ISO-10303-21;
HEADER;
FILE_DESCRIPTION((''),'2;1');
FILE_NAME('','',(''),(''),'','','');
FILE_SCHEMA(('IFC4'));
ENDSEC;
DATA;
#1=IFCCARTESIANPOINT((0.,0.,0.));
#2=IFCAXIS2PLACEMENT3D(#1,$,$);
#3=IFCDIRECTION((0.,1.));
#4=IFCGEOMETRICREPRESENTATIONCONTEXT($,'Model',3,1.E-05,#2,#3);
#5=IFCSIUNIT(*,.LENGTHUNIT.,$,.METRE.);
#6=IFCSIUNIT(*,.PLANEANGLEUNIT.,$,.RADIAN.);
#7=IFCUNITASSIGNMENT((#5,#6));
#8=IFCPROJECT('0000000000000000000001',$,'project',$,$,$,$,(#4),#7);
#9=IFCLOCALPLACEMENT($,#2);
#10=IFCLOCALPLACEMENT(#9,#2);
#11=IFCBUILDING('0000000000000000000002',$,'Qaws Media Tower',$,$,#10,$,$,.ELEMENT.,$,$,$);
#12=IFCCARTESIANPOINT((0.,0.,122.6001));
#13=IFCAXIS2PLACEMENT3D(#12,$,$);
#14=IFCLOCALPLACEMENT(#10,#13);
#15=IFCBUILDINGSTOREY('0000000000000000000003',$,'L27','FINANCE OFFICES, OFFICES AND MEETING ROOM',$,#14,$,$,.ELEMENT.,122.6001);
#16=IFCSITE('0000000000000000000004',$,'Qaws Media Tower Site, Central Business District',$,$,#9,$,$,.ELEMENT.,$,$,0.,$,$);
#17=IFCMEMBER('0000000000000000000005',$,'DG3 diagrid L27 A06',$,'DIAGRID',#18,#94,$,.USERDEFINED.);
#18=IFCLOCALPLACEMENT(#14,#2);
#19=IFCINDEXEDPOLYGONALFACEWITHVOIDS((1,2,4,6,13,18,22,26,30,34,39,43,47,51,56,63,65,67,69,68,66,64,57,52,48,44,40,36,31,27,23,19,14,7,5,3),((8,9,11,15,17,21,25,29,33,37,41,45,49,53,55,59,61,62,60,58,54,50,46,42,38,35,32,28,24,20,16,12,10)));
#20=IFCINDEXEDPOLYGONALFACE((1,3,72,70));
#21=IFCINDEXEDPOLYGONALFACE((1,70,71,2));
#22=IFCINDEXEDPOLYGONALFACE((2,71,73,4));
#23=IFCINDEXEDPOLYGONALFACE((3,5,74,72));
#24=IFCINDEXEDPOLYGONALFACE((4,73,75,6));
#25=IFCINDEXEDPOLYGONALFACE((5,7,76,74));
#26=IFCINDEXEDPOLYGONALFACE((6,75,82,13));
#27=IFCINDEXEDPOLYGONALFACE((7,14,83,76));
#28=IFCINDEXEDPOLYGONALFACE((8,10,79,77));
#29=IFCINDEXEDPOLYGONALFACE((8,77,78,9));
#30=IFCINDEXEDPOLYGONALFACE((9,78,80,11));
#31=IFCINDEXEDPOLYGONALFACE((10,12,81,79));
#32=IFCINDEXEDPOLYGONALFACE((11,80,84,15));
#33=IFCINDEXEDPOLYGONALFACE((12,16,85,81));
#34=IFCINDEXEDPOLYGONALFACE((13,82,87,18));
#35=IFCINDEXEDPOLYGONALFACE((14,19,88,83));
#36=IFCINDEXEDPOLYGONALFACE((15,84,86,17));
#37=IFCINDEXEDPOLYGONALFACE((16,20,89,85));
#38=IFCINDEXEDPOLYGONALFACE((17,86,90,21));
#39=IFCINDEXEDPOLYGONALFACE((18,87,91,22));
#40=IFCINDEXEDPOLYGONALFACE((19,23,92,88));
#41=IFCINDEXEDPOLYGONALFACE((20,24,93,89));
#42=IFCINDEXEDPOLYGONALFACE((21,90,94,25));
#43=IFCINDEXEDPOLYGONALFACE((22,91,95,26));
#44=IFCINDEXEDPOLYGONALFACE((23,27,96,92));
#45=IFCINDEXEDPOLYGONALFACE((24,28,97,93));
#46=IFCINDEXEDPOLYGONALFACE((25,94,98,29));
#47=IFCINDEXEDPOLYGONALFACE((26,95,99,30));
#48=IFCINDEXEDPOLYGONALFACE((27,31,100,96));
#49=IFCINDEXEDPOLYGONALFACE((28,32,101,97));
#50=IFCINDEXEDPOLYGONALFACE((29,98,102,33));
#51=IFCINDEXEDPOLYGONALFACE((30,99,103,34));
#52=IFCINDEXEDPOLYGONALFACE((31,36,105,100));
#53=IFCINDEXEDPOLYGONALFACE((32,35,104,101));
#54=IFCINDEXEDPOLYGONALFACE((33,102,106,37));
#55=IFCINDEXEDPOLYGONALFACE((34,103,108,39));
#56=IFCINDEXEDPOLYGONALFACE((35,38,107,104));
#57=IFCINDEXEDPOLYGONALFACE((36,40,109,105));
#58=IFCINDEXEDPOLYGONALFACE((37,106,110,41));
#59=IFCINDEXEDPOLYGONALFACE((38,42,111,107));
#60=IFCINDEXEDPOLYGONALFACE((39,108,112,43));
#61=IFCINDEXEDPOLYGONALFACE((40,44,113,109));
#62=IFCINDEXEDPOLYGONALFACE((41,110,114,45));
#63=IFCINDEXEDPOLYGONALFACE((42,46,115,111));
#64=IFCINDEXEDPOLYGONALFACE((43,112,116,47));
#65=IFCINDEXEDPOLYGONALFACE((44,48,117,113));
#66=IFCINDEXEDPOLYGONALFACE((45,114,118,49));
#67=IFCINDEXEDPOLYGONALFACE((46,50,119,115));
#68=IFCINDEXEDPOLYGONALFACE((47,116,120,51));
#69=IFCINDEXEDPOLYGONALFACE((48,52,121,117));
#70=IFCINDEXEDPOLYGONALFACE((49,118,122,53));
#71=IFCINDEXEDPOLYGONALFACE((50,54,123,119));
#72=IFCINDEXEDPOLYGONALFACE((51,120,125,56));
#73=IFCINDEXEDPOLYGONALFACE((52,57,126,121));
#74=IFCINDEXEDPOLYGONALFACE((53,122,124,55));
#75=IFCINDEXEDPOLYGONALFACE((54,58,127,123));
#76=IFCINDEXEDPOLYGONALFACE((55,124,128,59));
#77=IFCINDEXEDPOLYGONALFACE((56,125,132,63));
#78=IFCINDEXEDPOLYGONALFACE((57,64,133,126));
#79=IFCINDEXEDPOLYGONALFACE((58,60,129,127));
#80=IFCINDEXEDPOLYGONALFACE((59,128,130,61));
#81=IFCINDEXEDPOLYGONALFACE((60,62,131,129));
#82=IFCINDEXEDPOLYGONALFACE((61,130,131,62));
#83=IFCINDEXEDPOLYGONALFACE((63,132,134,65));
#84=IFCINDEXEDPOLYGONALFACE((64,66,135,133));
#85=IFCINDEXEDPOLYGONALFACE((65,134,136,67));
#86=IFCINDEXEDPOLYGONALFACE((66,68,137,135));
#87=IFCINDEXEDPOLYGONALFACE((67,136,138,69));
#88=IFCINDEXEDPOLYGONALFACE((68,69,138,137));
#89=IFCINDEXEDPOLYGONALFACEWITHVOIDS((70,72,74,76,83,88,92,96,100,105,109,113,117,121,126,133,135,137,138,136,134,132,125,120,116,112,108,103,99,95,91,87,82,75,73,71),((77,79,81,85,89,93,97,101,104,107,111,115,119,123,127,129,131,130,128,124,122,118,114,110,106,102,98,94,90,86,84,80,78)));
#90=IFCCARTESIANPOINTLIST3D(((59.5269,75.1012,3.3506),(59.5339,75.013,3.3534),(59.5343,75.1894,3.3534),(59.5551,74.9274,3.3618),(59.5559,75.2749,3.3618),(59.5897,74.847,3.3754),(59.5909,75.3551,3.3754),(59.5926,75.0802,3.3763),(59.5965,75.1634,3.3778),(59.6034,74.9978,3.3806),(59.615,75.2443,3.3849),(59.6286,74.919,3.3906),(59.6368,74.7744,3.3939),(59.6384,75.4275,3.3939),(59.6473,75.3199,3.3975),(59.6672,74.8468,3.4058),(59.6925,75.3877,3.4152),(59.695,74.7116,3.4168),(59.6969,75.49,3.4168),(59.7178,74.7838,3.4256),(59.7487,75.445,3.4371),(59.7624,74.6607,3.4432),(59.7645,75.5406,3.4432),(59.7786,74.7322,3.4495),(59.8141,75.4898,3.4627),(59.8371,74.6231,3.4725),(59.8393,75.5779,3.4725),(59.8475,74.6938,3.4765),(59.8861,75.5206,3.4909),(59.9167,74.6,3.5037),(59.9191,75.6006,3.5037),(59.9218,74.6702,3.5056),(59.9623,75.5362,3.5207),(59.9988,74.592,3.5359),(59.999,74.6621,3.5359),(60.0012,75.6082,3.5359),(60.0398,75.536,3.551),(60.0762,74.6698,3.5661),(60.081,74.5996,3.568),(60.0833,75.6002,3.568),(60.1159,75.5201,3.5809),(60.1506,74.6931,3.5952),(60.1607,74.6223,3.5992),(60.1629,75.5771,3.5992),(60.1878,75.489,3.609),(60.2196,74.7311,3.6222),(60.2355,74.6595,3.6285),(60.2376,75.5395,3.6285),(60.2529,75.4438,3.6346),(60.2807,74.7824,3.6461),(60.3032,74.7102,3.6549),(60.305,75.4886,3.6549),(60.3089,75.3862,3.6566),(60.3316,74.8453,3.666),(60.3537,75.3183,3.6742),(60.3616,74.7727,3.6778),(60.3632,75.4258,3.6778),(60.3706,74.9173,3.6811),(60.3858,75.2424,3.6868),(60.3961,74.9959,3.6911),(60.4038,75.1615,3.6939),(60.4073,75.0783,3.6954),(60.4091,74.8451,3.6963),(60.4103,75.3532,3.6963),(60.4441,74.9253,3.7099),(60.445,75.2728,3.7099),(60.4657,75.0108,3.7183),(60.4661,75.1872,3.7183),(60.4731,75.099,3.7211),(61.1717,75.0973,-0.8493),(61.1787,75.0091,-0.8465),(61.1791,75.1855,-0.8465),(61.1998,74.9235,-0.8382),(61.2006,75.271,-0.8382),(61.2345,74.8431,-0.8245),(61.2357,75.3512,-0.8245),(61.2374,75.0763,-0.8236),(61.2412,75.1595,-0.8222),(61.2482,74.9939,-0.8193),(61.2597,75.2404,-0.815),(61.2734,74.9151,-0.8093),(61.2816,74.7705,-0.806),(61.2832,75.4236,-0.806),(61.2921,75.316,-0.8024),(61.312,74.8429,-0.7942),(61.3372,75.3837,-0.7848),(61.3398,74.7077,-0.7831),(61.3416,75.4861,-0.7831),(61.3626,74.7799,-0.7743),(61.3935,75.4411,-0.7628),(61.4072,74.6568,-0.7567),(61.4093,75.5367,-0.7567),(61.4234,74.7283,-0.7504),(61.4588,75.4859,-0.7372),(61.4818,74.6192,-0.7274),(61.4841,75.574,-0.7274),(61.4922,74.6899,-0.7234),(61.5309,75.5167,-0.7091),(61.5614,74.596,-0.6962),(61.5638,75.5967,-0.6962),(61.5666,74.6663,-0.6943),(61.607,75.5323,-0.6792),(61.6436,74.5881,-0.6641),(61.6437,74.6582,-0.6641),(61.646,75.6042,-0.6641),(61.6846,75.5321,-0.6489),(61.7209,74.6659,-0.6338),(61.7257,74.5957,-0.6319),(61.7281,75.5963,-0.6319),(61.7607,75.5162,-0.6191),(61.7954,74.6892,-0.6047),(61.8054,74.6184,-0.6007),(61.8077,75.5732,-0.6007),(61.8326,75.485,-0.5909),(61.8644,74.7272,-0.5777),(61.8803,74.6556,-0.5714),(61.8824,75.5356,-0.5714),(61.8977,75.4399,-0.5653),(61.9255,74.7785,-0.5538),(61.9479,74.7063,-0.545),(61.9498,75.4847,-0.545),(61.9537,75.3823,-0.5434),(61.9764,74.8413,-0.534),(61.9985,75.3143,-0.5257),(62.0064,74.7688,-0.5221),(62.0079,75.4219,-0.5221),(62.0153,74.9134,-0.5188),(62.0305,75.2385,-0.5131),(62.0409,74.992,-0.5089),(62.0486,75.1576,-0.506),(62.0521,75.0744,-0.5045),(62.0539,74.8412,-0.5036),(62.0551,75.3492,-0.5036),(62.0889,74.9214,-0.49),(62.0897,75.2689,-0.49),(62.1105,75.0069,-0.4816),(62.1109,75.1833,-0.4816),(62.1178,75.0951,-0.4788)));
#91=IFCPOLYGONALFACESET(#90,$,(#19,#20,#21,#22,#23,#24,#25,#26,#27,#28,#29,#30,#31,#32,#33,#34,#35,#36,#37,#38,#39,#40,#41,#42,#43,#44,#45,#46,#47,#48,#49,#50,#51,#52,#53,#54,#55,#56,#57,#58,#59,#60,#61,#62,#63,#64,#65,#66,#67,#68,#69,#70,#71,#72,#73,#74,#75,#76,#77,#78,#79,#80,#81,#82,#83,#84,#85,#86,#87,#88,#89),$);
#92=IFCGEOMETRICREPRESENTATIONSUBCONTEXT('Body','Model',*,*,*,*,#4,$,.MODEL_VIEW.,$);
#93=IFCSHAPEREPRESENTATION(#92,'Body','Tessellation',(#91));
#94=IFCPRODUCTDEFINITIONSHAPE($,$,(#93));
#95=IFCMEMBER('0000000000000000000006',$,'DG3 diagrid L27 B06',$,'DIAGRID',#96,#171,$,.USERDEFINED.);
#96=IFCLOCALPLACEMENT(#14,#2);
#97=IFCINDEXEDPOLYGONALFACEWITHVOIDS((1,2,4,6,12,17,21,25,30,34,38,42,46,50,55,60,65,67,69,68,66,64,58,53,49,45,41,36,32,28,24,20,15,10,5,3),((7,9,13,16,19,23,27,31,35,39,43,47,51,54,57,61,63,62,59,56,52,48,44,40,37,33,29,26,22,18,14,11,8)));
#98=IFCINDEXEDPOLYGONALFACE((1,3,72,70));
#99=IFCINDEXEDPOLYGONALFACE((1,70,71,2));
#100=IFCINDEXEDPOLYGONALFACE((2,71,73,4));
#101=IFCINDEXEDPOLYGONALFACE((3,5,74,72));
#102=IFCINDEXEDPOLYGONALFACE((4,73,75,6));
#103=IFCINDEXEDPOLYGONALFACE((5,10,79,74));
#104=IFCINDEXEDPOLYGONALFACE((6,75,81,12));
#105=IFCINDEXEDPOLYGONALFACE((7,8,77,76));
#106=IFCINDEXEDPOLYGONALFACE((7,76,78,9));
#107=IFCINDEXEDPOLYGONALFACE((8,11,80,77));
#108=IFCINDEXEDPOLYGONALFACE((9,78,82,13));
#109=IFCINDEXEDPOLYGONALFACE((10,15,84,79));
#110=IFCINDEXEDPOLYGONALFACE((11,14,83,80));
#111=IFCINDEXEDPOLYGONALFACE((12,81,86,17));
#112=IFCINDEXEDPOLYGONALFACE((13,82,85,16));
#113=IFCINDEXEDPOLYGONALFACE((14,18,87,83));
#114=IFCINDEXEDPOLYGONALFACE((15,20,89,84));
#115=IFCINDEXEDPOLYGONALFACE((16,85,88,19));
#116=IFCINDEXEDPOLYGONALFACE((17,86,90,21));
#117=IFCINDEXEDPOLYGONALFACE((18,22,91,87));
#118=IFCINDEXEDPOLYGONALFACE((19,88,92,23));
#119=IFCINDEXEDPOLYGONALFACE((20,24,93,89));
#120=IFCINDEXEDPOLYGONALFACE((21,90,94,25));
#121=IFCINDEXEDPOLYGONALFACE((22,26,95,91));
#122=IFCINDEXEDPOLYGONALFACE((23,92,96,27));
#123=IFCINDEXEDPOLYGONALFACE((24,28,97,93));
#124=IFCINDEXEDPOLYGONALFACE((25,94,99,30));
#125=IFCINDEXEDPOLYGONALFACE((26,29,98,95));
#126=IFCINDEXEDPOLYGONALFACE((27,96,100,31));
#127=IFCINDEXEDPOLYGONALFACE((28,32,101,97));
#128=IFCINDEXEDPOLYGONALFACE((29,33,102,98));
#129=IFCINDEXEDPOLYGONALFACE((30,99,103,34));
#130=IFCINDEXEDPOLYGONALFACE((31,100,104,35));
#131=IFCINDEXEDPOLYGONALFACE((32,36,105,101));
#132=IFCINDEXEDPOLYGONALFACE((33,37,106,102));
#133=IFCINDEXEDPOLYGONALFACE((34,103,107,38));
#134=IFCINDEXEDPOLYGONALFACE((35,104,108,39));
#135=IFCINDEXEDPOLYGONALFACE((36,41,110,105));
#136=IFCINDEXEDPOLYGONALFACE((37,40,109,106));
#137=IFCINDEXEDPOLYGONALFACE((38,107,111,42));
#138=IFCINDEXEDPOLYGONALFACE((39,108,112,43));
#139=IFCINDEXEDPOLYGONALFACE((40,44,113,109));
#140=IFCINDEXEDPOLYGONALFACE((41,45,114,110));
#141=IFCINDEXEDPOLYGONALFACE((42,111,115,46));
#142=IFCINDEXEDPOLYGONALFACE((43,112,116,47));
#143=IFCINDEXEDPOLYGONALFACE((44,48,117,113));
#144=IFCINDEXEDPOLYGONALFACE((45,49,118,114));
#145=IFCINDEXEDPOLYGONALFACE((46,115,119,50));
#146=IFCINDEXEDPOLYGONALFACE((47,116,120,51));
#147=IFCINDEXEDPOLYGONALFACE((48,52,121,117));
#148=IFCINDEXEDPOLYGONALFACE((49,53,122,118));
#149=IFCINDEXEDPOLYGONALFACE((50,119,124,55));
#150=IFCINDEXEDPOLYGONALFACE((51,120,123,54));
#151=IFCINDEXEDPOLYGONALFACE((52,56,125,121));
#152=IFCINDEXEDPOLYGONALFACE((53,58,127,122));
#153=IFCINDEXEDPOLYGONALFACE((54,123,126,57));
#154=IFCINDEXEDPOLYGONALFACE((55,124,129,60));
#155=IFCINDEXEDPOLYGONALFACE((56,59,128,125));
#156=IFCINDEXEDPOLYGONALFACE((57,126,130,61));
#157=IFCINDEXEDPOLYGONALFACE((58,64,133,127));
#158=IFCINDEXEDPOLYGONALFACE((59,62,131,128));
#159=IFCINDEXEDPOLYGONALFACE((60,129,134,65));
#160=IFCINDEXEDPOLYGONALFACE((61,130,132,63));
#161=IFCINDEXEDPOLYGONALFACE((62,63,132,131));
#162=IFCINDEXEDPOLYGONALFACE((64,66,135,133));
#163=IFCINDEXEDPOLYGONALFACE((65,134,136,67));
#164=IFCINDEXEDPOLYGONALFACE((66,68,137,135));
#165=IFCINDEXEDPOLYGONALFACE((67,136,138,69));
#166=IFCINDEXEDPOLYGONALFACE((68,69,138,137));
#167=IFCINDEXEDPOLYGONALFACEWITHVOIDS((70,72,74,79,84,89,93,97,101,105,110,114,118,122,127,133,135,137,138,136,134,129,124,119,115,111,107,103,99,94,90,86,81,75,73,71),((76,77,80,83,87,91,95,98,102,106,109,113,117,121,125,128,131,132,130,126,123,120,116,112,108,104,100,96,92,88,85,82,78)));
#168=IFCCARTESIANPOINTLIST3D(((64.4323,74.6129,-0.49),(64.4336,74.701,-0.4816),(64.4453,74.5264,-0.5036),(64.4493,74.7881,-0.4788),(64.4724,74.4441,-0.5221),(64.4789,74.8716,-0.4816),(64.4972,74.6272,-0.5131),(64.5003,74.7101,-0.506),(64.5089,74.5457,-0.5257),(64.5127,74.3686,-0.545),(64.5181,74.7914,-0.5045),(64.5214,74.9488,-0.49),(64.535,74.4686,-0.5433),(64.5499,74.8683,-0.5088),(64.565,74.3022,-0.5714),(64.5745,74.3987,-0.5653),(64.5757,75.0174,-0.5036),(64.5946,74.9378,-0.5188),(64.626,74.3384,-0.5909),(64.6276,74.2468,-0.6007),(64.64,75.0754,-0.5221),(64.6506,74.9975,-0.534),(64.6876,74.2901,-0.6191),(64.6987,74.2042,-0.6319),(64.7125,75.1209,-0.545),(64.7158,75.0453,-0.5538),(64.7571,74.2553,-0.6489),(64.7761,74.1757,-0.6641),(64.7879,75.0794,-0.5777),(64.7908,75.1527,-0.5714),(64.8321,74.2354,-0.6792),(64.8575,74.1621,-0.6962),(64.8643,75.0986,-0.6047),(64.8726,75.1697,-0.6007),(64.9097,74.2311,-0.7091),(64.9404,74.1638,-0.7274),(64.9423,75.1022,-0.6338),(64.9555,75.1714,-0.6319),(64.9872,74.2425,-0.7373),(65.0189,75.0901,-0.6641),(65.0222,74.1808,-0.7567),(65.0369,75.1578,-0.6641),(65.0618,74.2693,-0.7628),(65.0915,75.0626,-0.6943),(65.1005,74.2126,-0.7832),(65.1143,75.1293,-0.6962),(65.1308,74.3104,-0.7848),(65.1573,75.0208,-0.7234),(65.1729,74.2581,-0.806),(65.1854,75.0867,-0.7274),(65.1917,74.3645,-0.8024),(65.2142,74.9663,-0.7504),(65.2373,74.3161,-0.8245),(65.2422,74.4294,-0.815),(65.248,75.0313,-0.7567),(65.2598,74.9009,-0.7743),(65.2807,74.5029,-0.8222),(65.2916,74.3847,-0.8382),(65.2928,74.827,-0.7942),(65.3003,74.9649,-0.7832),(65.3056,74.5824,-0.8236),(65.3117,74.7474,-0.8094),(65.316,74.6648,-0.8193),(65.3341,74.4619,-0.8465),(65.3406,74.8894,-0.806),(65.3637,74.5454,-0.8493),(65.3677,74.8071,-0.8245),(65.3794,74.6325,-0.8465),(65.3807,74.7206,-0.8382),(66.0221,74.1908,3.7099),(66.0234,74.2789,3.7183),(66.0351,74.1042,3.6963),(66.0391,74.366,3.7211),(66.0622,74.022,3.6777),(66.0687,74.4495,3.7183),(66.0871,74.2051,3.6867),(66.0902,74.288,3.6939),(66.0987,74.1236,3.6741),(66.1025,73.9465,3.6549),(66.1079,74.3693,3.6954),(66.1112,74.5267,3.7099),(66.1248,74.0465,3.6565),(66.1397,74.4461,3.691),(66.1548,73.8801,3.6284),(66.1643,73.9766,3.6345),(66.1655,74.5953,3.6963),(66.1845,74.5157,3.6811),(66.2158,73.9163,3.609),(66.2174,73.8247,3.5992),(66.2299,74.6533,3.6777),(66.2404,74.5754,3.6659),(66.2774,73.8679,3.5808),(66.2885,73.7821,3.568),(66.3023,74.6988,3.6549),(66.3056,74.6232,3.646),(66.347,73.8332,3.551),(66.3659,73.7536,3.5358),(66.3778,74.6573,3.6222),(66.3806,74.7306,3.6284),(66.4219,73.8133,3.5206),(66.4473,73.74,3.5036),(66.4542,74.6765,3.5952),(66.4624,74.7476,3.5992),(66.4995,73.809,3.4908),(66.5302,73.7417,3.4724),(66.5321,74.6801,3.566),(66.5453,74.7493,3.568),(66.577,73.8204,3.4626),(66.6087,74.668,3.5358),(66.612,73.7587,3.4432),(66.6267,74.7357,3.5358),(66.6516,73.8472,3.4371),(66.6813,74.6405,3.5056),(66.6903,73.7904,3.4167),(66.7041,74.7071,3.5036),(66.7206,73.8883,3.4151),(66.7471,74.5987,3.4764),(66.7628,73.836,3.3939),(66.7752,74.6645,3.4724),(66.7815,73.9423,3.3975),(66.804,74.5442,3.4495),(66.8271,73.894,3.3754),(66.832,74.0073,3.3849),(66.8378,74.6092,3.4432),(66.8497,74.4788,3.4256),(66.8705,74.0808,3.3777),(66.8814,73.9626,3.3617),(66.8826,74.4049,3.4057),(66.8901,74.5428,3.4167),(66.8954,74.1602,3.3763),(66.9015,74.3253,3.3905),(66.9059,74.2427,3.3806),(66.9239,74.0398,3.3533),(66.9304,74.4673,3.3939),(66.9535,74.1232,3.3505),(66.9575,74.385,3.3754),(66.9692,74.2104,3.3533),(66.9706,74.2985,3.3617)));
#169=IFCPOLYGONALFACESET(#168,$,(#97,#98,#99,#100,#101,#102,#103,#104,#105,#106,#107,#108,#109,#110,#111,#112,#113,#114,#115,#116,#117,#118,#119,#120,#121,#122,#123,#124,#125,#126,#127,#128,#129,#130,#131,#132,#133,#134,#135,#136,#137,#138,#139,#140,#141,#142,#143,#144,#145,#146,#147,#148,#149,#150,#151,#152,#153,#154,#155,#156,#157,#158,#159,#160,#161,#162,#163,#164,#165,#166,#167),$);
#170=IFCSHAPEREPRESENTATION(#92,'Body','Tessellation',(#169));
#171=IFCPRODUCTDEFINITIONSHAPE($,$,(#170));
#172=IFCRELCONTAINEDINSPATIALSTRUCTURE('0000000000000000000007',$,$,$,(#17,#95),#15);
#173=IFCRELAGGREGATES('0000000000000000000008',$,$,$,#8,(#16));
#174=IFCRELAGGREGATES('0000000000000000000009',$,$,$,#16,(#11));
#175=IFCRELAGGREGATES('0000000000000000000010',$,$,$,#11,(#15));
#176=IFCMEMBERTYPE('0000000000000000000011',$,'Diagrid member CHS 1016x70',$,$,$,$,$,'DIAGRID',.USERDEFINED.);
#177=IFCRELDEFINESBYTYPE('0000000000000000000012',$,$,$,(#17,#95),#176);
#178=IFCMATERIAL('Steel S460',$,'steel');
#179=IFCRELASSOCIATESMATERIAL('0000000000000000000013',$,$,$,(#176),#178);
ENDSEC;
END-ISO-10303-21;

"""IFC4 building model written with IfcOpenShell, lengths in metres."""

from ifc_helpers import new_model, si_unit, direction, frame, origin, origin_2d, place, context, subcontext, project, spatial, hollow_circle, extrude, material, material_profile, profile_set, type_object, element, save


model = new_model("IFC4")

# Units and contexts
model_context = context("Model", 3, precision=1e-05, world=origin(), true_north=direction((0.0, 1.0)))
body_context = subcontext(model_context, "Body", "Model", "MODEL_VIEW")
ifc_project = project(units=[si_unit("LENGTHUNIT", "METRE"), si_unit("PLANEANGLEUNIT", "RADIAN")], contexts=[model_context])

# Site, building, storey
site_placement = place(None, origin())
site = spatial("IfcSite", under=ifc_project, at=site_placement, Name="Qaws Media Tower Site, Central Business District", CompositionType="ELEMENT", RefElevation=0.0)
building_placement = place(site_placement, origin())
building = spatial("IfcBuilding", under=site, at=building_placement, Name="Qaws Media Tower", CompositionType="ELEMENT")
storey_placement = place(building_placement, frame((0.0, 0.0, 122.6001)))
storey = spatial("IfcBuildingStorey", under=building, at=storey_placement, Name="L27", Description="FINANCE OFFICES, OFFICES AND MEETING ROOM", CompositionType="ELEMENT", Elevation=122.6001)

# Members
ifc_material_1 = material(Name="Steel S460", Category="steel")
ifc_material_profile_1 = material_profile(ifc_material_1, hollow_circle(Radius=0.5081, WallThickness=0.0701, at=origin_2d()), Name="CHS 1016x70")
ifc_profile_set_1 = profile_set([ifc_material_profile_1], Name="Steel S460")
member_type_1 = type_object("IfcMemberType", Name="Diagrid member CHS 1016x70", ElementType="DIAGRID", PredefinedType="USERDEFINED", material=ifc_profile_set_1)
for number, where, z_axis, x_axis, name in (
    (1, (61.6448, 75.0962, -0.6641), (-0.364652, 0.000866, 0.931143), (-0.002375, -0.999997, 0.0), "DG3 diagrid L27 A06"),
    (2, (64.9065, 74.6667, -0.6641), (0.35247, -0.093584, 0.931132), (0.256619, 0.966513, 0.0), "DG3 diagrid L27 B06"),
):
    element("IfcMember", number, at=place(storey_placement, frame(where, z_axis=z_axis, x_axis=x_axis)), inside=storey, type_object=member_type_1, Name=name, ObjectType="DIAGRID", PredefinedType="USERDEFINED", context=body_context, shape_type="SweptSolid", body=[
        extrude(hollow_circle(Radius=0.5081, WallThickness=0.0701, at=origin_2d()), origin(), (0.0, 0.0, 1.0), 4.5105),
    ])

save(model, "model.ifc")
